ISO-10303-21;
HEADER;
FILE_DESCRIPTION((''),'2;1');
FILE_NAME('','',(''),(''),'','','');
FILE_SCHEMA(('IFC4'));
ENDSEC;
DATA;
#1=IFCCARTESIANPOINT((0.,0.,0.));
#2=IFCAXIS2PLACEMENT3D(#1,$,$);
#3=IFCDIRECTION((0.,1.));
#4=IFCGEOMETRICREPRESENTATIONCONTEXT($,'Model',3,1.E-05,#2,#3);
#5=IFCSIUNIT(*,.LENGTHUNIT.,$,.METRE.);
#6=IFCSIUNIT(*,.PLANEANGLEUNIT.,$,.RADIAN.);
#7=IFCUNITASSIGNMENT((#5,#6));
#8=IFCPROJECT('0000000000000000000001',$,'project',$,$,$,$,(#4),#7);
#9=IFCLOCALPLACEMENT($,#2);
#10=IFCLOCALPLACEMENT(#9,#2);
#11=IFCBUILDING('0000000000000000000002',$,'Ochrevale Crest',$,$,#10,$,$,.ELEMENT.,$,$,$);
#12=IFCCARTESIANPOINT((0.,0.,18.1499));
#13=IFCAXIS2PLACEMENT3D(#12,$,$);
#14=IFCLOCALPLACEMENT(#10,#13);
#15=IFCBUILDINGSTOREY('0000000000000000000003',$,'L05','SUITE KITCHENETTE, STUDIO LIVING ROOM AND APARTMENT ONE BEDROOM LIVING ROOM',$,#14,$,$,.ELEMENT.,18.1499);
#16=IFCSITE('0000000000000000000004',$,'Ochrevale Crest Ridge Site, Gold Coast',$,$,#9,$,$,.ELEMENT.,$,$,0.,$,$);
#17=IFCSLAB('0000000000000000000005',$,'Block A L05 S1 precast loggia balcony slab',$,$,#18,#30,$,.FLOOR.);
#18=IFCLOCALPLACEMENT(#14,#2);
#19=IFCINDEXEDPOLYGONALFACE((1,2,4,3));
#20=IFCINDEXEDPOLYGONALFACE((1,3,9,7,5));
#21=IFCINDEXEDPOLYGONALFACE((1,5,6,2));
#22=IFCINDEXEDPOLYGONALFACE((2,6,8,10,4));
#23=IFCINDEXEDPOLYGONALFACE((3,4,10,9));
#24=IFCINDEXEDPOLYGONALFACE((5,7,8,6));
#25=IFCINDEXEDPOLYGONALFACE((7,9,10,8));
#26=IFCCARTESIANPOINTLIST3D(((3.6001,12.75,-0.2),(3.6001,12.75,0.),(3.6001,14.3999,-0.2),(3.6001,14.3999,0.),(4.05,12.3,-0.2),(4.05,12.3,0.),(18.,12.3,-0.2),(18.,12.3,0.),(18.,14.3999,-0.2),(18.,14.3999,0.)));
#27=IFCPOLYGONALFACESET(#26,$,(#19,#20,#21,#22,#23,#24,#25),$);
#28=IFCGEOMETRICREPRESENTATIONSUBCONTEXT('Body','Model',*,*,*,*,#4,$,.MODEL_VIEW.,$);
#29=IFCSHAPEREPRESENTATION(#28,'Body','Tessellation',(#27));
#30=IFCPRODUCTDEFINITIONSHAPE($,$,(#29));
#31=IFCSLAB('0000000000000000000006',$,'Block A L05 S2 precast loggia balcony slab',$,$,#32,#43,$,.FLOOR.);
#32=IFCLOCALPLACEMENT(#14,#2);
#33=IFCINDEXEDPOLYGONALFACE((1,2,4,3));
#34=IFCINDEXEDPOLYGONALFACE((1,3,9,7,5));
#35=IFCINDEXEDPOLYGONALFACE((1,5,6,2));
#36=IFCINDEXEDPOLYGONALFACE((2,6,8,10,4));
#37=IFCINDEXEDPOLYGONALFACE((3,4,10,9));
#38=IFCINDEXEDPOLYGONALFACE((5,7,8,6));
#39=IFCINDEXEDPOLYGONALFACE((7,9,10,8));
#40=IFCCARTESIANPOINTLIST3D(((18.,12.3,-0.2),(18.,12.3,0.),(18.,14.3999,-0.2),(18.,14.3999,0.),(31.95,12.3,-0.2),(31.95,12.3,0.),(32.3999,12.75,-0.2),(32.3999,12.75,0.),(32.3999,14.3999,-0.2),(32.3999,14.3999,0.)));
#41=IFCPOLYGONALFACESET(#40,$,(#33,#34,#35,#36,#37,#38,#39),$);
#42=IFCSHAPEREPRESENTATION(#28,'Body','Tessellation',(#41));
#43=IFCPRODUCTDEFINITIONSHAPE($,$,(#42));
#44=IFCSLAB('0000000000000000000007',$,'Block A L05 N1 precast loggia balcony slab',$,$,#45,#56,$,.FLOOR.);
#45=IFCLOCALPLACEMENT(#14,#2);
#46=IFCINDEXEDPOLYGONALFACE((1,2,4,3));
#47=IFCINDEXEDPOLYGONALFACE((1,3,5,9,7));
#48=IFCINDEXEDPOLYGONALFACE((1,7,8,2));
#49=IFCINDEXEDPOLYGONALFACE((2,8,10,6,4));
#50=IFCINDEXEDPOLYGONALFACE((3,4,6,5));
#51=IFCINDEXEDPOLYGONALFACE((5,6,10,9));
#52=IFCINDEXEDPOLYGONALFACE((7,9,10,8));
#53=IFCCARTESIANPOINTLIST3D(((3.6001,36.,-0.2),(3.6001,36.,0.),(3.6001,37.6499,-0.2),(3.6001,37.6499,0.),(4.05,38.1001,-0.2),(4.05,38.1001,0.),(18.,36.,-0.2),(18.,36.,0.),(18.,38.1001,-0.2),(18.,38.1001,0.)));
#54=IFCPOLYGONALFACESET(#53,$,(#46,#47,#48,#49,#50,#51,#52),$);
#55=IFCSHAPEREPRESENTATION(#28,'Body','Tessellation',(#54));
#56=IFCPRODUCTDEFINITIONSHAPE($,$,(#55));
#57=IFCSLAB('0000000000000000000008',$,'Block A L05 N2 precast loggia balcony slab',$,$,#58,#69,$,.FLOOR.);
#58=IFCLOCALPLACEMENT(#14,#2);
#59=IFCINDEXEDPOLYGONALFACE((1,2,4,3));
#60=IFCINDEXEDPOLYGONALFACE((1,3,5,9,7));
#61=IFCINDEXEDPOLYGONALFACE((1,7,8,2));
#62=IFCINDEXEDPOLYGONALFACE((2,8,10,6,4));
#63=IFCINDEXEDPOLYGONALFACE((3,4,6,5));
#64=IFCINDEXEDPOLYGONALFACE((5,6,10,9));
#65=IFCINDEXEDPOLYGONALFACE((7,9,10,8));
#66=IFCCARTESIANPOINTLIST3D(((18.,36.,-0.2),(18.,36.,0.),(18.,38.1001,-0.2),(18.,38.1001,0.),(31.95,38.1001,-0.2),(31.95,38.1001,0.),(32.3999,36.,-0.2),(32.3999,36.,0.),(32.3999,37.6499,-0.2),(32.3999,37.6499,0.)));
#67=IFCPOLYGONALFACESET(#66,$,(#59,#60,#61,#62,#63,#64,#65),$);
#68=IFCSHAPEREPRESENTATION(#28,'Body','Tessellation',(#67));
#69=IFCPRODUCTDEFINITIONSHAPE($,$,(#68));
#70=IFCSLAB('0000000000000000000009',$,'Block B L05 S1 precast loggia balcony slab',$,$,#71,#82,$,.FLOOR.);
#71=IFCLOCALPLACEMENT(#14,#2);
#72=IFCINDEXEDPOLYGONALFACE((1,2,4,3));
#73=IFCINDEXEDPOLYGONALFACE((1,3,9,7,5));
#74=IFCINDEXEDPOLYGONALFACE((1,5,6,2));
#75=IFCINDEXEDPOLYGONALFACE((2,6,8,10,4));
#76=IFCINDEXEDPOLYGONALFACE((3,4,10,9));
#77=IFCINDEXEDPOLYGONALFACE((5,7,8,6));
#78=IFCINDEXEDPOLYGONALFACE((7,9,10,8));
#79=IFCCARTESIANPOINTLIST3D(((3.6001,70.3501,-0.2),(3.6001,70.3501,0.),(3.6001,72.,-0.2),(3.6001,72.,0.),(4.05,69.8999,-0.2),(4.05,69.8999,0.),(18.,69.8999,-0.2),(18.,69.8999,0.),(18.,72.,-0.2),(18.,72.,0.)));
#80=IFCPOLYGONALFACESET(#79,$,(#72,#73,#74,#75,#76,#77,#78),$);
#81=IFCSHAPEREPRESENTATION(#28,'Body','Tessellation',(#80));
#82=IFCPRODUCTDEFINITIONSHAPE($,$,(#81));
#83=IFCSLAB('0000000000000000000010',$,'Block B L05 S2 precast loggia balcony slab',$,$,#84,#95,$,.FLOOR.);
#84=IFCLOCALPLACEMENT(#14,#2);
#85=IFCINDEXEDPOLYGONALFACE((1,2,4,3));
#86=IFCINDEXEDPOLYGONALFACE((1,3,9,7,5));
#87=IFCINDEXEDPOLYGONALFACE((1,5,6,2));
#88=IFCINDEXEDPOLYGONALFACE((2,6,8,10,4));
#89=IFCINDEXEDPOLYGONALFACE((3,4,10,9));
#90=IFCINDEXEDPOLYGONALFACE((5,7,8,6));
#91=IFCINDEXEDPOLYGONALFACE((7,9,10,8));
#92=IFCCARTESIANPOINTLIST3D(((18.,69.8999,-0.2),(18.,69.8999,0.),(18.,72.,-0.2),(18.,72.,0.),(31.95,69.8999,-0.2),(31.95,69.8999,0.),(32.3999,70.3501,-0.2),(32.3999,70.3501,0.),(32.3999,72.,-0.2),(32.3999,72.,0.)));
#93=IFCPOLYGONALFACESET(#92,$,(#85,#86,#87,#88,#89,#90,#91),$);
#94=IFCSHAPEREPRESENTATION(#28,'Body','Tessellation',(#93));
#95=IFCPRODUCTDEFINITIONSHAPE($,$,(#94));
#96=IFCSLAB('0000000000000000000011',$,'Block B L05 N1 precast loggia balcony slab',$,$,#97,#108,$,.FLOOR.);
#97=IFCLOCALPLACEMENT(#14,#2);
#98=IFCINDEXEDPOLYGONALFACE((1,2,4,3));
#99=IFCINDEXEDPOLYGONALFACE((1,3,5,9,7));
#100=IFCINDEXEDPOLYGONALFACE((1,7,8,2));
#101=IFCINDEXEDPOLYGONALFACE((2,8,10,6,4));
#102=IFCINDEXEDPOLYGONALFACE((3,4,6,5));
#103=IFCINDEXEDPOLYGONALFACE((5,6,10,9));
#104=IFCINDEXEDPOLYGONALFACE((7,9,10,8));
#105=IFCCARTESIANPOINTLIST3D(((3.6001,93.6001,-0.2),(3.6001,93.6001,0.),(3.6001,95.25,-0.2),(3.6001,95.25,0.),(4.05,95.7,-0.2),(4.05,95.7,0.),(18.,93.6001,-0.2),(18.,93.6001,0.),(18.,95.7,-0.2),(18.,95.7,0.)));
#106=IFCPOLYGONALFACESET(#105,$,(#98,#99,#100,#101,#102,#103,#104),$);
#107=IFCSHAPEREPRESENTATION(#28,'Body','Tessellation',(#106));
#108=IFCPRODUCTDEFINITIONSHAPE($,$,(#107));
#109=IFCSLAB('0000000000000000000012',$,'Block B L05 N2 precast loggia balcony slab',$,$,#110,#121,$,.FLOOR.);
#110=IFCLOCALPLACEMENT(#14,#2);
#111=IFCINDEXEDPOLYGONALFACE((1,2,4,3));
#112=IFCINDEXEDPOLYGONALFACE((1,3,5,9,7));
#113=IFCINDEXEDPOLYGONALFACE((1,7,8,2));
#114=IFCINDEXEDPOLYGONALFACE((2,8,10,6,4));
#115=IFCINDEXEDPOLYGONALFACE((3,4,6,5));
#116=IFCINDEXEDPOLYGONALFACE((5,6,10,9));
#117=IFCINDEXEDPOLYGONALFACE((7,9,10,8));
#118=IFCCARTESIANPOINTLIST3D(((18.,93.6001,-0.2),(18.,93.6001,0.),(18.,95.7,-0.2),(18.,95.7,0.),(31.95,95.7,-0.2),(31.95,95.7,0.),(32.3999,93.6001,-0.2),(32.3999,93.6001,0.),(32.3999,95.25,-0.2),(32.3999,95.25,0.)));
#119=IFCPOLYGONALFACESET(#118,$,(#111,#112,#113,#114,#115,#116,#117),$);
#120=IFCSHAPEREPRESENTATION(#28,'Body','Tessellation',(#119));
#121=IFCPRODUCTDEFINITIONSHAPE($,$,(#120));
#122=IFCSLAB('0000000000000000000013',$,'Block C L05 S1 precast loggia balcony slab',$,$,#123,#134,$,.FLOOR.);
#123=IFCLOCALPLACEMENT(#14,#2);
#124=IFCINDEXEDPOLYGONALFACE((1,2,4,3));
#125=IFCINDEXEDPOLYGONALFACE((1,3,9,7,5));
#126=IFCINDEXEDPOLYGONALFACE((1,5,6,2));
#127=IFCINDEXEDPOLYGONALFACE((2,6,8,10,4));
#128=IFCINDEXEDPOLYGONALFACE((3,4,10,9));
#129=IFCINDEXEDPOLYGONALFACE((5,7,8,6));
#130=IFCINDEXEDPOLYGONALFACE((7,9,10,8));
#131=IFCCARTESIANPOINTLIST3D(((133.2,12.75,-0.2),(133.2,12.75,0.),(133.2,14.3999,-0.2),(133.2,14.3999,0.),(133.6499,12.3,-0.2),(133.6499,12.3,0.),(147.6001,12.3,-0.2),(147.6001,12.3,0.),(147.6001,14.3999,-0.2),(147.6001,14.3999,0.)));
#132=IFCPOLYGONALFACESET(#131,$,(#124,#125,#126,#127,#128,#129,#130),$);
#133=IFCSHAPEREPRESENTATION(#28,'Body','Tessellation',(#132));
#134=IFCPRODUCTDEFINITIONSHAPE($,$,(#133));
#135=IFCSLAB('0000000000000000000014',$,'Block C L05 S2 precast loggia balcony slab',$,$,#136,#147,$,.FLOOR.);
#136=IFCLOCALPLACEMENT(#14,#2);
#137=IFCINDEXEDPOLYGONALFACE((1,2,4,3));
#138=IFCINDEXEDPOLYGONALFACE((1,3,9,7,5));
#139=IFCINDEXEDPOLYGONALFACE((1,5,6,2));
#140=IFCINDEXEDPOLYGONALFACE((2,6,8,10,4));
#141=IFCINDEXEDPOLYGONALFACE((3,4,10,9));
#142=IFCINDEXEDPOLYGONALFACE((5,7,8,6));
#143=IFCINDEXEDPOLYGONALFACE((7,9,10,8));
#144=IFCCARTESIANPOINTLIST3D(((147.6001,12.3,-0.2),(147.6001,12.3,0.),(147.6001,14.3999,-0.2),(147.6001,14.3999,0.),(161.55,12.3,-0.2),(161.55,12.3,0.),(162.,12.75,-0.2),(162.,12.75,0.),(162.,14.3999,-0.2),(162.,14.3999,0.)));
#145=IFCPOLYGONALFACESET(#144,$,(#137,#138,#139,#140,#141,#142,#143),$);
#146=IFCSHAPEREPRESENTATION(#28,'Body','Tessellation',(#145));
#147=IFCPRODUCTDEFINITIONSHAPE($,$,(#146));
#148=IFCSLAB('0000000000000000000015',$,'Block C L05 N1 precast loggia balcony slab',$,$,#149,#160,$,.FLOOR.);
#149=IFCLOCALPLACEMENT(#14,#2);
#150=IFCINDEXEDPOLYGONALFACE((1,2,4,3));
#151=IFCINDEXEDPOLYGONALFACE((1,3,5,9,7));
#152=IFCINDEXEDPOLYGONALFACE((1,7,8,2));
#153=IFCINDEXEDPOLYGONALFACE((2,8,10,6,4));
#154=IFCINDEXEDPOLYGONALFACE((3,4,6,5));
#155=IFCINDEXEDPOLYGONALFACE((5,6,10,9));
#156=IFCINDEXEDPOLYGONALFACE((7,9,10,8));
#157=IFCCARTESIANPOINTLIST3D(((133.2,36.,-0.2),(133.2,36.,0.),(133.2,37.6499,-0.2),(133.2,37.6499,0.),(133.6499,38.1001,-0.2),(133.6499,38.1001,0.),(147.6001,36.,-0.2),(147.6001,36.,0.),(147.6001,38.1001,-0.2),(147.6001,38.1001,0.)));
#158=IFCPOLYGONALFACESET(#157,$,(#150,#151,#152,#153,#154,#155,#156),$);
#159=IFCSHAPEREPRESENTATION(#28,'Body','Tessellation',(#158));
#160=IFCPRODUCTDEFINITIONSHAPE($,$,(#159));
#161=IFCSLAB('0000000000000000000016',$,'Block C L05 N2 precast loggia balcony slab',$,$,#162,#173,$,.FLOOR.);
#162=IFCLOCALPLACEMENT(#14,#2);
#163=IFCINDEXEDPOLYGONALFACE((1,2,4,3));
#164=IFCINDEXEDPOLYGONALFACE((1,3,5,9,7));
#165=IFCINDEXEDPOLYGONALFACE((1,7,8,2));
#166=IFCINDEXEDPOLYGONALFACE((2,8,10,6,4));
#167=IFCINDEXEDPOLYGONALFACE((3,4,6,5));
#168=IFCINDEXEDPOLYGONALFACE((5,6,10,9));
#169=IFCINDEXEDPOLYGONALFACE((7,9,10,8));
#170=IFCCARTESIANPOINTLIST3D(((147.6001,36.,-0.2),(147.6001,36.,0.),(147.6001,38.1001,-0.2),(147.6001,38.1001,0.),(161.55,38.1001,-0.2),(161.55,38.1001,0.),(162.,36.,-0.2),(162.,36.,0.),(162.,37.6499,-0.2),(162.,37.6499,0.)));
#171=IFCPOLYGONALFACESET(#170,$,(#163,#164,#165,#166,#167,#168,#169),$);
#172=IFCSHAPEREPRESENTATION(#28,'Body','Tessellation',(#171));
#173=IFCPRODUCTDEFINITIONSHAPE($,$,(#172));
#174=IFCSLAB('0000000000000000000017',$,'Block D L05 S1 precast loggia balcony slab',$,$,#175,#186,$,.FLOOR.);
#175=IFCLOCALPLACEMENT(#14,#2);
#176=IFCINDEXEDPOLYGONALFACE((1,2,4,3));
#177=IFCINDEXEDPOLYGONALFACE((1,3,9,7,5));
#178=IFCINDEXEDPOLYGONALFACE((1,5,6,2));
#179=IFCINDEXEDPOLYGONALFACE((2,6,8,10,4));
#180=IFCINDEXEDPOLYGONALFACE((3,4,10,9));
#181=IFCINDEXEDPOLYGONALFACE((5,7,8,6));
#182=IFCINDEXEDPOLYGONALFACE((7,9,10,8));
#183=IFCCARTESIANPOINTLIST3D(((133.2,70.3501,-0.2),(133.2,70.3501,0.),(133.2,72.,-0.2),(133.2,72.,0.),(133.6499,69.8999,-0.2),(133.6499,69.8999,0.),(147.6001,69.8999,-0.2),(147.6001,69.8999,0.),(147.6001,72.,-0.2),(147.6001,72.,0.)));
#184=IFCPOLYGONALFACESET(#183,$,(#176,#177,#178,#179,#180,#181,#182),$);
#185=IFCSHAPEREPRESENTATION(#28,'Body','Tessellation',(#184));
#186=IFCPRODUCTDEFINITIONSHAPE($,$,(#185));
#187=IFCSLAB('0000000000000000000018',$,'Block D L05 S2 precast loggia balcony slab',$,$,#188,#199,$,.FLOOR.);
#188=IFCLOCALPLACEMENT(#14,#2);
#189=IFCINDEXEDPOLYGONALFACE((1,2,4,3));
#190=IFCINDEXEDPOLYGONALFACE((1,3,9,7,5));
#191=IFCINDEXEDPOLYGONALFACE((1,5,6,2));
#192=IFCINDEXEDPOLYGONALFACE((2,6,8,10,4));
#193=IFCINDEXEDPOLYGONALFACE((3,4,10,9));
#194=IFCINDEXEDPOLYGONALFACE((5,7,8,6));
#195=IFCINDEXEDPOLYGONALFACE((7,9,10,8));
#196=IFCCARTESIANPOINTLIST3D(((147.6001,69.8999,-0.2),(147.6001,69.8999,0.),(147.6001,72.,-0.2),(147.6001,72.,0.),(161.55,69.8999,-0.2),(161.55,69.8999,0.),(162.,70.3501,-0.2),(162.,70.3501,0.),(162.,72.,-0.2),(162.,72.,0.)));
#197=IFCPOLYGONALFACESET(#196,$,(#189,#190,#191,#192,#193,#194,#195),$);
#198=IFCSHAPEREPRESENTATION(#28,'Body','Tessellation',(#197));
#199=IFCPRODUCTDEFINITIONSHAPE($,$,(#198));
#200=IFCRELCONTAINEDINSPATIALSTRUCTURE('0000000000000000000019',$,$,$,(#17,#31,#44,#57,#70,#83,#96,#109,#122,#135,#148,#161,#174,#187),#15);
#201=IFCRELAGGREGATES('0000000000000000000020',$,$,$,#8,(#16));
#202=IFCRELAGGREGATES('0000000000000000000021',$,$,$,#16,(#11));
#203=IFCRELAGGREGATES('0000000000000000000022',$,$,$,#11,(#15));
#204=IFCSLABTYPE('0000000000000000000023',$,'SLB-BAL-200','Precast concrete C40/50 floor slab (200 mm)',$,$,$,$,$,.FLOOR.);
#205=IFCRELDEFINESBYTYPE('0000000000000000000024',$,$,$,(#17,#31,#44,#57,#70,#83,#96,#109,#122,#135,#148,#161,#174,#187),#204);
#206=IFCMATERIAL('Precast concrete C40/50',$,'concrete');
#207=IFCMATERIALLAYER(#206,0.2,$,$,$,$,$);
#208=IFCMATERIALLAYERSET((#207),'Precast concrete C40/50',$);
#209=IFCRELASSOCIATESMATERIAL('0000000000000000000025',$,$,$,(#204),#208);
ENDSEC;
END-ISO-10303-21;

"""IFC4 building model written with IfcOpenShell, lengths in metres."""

from ifc_helpers import new_model, si_unit, direction, frame, origin, place, context, subcontext, project, spatial, polyline, outline, extrude, material, layer, layer_set, type_object, element, save


model = new_model("IFC4")

# Units and contexts
model_context = context("Model", 3, precision=1e-05, world=origin(), true_north=direction((0.0, 1.0)))
body_context = subcontext(model_context, "Body", "Model", "MODEL_VIEW")
ifc_project = project(units=[si_unit("LENGTHUNIT", "METRE"), si_unit("PLANEANGLEUNIT", "RADIAN")], contexts=[model_context])

# Site, building, storey
site_placement = place(None, origin())
site = spatial("IfcSite", under=ifc_project, at=site_placement, Name="Ochrevale Crest Ridge Site, Gold Coast", CompositionType="ELEMENT", RefElevation=0.0)
building_placement = place(site_placement, origin())
building = spatial("IfcBuilding", under=site, at=building_placement, Name="Ochrevale Crest", CompositionType="ELEMENT")
storey_placement = place(building_placement, frame((0.0, 0.0, 18.1499)))
storey = spatial("IfcBuildingStorey", under=building, at=storey_placement, Name="L05", Description="SUITE KITCHENETTE, STUDIO LIVING ROOM AND APARTMENT ONE BEDROOM LIVING ROOM", CompositionType="ELEMENT", Elevation=18.1499)

# Slabs
ifc_material = material(Name="Precast concrete C40/50", Category="concrete")
ifc_layer_1 = layer(ifc_material, 0.2)
ifc_layer_set_1 = layer_set([ifc_layer_1], Name="Precast concrete C40/50")
slab_type_1 = type_object("IfcSlabType", Name="SLB-BAL-200", Description="Precast concrete C40/50 floor slab (200 mm)", PredefinedType="FLOOR", material=ifc_layer_set_1)
slab_1_placement = place(storey_placement, frame((0.0, 0.0, -0.2)))
element("IfcSlab", 1, at=slab_1_placement, inside=storey, type_object=slab_type_1, Name="Block A L05 S1 precast loggia balcony slab", PredefinedType="FLOOR", context=body_context, shape_type="SweptSolid", body=[
    extrude(outline(polyline([(4.05, 12.3), (18.0, 12.3), (18.0, 14.3999), (3.6001, 14.3999), (3.6001, 12.75), (4.05, 12.3)])), origin(), (0.0, 0.0, 1.0), 0.2),
])
slab_2_placement = place(storey_placement, frame((0.0, 0.0, -0.2)))
element("IfcSlab", 2, at=slab_2_placement, inside=storey, type_object=slab_type_1, Name="Block A L05 S2 precast loggia balcony slab", PredefinedType="FLOOR", context=body_context, shape_type="SweptSolid", body=[
    extrude(outline(polyline([(18.0, 12.3), (31.95, 12.3), (32.3999, 12.75), (32.3999, 14.3999), (18.0, 14.3999), (18.0, 12.3)])), origin(), (0.0, 0.0, 1.0), 0.2),
])
slab_3_placement = place(storey_placement, frame((0.0, 0.0, -0.2)))
element("IfcSlab", 3, at=slab_3_placement, inside=storey, type_object=slab_type_1, Name="Block A L05 N1 precast loggia balcony slab", PredefinedType="FLOOR", context=body_context, shape_type="SweptSolid", body=[
    extrude(outline(polyline([(3.6001, 36.0), (18.0, 36.0), (18.0, 38.1001), (4.05, 38.1001), (3.6001, 37.6499), (3.6001, 36.0)])), origin(), (0.0, 0.0, 1.0), 0.2),
])
slab_4_placement = place(storey_placement, frame((0.0, 0.0, -0.2)))
element("IfcSlab", 4, at=slab_4_placement, inside=storey, type_object=slab_type_1, Name="Block A L05 N2 precast loggia balcony slab", PredefinedType="FLOOR", context=body_context, shape_type="SweptSolid", body=[
    extrude(outline(polyline([(18.0, 36.0), (32.3999, 36.0), (32.3999, 37.6499), (31.95, 38.1001), (18.0, 38.1001), (18.0, 36.0)])), origin(), (0.0, 0.0, 1.0), 0.2),
])
slab_5_placement = place(storey_placement, frame((0.0, 0.0, -0.2)))
element("IfcSlab", 5, at=slab_5_placement, inside=storey, type_object=slab_type_1, Name="Block B L05 S1 precast loggia balcony slab", PredefinedType="FLOOR", context=body_context, shape_type="SweptSolid", body=[
    extrude(outline(polyline([(4.05, 69.8999), (18.0, 69.8999), (18.0, 72.0), (3.6001, 72.0), (3.6001, 70.3501), (4.05, 69.8999)])), origin(), (0.0, 0.0, 1.0), 0.2),
])
slab_6_placement = place(storey_placement, frame((0.0, 0.0, -0.2)))
element("IfcSlab", 6, at=slab_6_placement, inside=storey, type_object=slab_type_1, Name="Block B L05 S2 precast loggia balcony slab", PredefinedType="FLOOR", context=body_context, shape_type="SweptSolid", body=[
    extrude(outline(polyline([(18.0, 69.8999), (31.95, 69.8999), (32.3999, 70.3501), (32.3999, 72.0), (18.0, 72.0), (18.0, 69.8999)])), origin(), (0.0, 0.0, 1.0), 0.2),
])
slab_7_placement = place(storey_placement, frame((0.0, 0.0, -0.2)))
element("IfcSlab", 7, at=slab_7_placement, inside=storey, type_object=slab_type_1, Name="Block B L05 N1 precast loggia balcony slab", PredefinedType="FLOOR", context=body_context, shape_type="SweptSolid", body=[
    extrude(outline(polyline([(3.6001, 93.6001), (18.0, 93.6001), (18.0, 95.7), (4.05, 95.7), (3.6001, 95.25), (3.6001, 93.6001)])), origin(), (0.0, 0.0, 1.0), 0.2),
])
slab_8_placement = place(storey_placement, frame((0.0, 0.0, -0.2)))
element("IfcSlab", 8, at=slab_8_placement, inside=storey, type_object=slab_type_1, Name="Block B L05 N2 precast loggia balcony slab", PredefinedType="FLOOR", context=body_context, shape_type="SweptSolid", body=[
    extrude(outline(polyline([(18.0, 93.6001), (32.3999, 93.6001), (32.3999, 95.25), (31.95, 95.7), (18.0, 95.7), (18.0, 93.6001)])), origin(), (0.0, 0.0, 1.0), 0.2),
])
slab_9_placement = place(storey_placement, frame((0.0, 0.0, -0.2)))
element("IfcSlab", 9, at=slab_9_placement, inside=storey, type_object=slab_type_1, Name="Block C L05 S1 precast loggia balcony slab", PredefinedType="FLOOR", context=body_context, shape_type="SweptSolid", body=[
    extrude(outline(polyline([(133.6499, 12.3), (147.6001, 12.3), (147.6001, 14.3999), (133.2, 14.3999), (133.2, 12.75), (133.6499, 12.3)])), origin(), (0.0, 0.0, 1.0), 0.2),
])
slab_10_placement = place(storey_placement, frame((0.0, 0.0, -0.2)))
element("IfcSlab", 10, at=slab_10_placement, inside=storey, type_object=slab_type_1, Name="Block C L05 S2 precast loggia balcony slab", PredefinedType="FLOOR", context=body_context, shape_type="SweptSolid", body=[
    extrude(outline(polyline([(147.6001, 12.3), (161.55, 12.3), (162.0, 12.75), (162.0, 14.3999), (147.6001, 14.3999), (147.6001, 12.3)])), origin(), (0.0, 0.0, 1.0), 0.2),
])
slab_11_placement = place(storey_placement, frame((0.0, 0.0, -0.2)))
element("IfcSlab", 11, at=slab_11_placement, inside=storey, type_object=slab_type_1, Name="Block C L05 N1 precast loggia balcony slab", PredefinedType="FLOOR", context=body_context, shape_type="SweptSolid", body=[
    extrude(outline(polyline([(133.2, 36.0), (147.6001, 36.0), (147.6001, 38.1001), (133.6499, 38.1001), (133.2, 37.6499), (133.2, 36.0)])), origin(), (0.0, 0.0, 1.0), 0.2),
])
slab_12_placement = place(storey_placement, frame((0.0, 0.0, -0.2)))
element("IfcSlab", 12, at=slab_12_placement, inside=storey, type_object=slab_type_1, Name="Block C L05 N2 precast loggia balcony slab", PredefinedType="FLOOR", context=body_context, shape_type="SweptSolid", body=[
    extrude(outline(polyline([(147.6001, 36.0), (162.0, 36.0), (162.0, 37.6499), (161.55, 38.1001), (147.6001, 38.1001), (147.6001, 36.0)])), origin(), (0.0, 0.0, 1.0), 0.2),
])
slab_13_placement = place(storey_placement, frame((0.0, 0.0, -0.2)))
element("IfcSlab", 13, at=slab_13_placement, inside=storey, type_object=slab_type_1, Name="Block D L05 S1 precast loggia balcony slab", PredefinedType="FLOOR", context=body_context, shape_type="SweptSolid", body=[
    extrude(outline(polyline([(133.6499, 69.8999), (147.6001, 69.8999), (147.6001, 72.0), (133.2, 72.0), (133.2, 70.3501), (133.6499, 69.8999)])), origin(), (0.0, 0.0, 1.0), 0.2),
])
slab_14_placement = place(storey_placement, frame((0.0, 0.0, -0.2)))
element("IfcSlab", 14, at=slab_14_placement, inside=storey, type_object=slab_type_1, Name="Block D L05 S2 precast loggia balcony slab", PredefinedType="FLOOR", context=body_context, shape_type="SweptSolid", body=[
    extrude(outline(polyline([(147.6001, 69.8999), (161.55, 69.8999), (162.0, 70.3501), (162.0, 72.0), (147.6001, 72.0), (147.6001, 69.8999)])), origin(), (0.0, 0.0, 1.0), 0.2),
])

save(model, "model.ifc")
